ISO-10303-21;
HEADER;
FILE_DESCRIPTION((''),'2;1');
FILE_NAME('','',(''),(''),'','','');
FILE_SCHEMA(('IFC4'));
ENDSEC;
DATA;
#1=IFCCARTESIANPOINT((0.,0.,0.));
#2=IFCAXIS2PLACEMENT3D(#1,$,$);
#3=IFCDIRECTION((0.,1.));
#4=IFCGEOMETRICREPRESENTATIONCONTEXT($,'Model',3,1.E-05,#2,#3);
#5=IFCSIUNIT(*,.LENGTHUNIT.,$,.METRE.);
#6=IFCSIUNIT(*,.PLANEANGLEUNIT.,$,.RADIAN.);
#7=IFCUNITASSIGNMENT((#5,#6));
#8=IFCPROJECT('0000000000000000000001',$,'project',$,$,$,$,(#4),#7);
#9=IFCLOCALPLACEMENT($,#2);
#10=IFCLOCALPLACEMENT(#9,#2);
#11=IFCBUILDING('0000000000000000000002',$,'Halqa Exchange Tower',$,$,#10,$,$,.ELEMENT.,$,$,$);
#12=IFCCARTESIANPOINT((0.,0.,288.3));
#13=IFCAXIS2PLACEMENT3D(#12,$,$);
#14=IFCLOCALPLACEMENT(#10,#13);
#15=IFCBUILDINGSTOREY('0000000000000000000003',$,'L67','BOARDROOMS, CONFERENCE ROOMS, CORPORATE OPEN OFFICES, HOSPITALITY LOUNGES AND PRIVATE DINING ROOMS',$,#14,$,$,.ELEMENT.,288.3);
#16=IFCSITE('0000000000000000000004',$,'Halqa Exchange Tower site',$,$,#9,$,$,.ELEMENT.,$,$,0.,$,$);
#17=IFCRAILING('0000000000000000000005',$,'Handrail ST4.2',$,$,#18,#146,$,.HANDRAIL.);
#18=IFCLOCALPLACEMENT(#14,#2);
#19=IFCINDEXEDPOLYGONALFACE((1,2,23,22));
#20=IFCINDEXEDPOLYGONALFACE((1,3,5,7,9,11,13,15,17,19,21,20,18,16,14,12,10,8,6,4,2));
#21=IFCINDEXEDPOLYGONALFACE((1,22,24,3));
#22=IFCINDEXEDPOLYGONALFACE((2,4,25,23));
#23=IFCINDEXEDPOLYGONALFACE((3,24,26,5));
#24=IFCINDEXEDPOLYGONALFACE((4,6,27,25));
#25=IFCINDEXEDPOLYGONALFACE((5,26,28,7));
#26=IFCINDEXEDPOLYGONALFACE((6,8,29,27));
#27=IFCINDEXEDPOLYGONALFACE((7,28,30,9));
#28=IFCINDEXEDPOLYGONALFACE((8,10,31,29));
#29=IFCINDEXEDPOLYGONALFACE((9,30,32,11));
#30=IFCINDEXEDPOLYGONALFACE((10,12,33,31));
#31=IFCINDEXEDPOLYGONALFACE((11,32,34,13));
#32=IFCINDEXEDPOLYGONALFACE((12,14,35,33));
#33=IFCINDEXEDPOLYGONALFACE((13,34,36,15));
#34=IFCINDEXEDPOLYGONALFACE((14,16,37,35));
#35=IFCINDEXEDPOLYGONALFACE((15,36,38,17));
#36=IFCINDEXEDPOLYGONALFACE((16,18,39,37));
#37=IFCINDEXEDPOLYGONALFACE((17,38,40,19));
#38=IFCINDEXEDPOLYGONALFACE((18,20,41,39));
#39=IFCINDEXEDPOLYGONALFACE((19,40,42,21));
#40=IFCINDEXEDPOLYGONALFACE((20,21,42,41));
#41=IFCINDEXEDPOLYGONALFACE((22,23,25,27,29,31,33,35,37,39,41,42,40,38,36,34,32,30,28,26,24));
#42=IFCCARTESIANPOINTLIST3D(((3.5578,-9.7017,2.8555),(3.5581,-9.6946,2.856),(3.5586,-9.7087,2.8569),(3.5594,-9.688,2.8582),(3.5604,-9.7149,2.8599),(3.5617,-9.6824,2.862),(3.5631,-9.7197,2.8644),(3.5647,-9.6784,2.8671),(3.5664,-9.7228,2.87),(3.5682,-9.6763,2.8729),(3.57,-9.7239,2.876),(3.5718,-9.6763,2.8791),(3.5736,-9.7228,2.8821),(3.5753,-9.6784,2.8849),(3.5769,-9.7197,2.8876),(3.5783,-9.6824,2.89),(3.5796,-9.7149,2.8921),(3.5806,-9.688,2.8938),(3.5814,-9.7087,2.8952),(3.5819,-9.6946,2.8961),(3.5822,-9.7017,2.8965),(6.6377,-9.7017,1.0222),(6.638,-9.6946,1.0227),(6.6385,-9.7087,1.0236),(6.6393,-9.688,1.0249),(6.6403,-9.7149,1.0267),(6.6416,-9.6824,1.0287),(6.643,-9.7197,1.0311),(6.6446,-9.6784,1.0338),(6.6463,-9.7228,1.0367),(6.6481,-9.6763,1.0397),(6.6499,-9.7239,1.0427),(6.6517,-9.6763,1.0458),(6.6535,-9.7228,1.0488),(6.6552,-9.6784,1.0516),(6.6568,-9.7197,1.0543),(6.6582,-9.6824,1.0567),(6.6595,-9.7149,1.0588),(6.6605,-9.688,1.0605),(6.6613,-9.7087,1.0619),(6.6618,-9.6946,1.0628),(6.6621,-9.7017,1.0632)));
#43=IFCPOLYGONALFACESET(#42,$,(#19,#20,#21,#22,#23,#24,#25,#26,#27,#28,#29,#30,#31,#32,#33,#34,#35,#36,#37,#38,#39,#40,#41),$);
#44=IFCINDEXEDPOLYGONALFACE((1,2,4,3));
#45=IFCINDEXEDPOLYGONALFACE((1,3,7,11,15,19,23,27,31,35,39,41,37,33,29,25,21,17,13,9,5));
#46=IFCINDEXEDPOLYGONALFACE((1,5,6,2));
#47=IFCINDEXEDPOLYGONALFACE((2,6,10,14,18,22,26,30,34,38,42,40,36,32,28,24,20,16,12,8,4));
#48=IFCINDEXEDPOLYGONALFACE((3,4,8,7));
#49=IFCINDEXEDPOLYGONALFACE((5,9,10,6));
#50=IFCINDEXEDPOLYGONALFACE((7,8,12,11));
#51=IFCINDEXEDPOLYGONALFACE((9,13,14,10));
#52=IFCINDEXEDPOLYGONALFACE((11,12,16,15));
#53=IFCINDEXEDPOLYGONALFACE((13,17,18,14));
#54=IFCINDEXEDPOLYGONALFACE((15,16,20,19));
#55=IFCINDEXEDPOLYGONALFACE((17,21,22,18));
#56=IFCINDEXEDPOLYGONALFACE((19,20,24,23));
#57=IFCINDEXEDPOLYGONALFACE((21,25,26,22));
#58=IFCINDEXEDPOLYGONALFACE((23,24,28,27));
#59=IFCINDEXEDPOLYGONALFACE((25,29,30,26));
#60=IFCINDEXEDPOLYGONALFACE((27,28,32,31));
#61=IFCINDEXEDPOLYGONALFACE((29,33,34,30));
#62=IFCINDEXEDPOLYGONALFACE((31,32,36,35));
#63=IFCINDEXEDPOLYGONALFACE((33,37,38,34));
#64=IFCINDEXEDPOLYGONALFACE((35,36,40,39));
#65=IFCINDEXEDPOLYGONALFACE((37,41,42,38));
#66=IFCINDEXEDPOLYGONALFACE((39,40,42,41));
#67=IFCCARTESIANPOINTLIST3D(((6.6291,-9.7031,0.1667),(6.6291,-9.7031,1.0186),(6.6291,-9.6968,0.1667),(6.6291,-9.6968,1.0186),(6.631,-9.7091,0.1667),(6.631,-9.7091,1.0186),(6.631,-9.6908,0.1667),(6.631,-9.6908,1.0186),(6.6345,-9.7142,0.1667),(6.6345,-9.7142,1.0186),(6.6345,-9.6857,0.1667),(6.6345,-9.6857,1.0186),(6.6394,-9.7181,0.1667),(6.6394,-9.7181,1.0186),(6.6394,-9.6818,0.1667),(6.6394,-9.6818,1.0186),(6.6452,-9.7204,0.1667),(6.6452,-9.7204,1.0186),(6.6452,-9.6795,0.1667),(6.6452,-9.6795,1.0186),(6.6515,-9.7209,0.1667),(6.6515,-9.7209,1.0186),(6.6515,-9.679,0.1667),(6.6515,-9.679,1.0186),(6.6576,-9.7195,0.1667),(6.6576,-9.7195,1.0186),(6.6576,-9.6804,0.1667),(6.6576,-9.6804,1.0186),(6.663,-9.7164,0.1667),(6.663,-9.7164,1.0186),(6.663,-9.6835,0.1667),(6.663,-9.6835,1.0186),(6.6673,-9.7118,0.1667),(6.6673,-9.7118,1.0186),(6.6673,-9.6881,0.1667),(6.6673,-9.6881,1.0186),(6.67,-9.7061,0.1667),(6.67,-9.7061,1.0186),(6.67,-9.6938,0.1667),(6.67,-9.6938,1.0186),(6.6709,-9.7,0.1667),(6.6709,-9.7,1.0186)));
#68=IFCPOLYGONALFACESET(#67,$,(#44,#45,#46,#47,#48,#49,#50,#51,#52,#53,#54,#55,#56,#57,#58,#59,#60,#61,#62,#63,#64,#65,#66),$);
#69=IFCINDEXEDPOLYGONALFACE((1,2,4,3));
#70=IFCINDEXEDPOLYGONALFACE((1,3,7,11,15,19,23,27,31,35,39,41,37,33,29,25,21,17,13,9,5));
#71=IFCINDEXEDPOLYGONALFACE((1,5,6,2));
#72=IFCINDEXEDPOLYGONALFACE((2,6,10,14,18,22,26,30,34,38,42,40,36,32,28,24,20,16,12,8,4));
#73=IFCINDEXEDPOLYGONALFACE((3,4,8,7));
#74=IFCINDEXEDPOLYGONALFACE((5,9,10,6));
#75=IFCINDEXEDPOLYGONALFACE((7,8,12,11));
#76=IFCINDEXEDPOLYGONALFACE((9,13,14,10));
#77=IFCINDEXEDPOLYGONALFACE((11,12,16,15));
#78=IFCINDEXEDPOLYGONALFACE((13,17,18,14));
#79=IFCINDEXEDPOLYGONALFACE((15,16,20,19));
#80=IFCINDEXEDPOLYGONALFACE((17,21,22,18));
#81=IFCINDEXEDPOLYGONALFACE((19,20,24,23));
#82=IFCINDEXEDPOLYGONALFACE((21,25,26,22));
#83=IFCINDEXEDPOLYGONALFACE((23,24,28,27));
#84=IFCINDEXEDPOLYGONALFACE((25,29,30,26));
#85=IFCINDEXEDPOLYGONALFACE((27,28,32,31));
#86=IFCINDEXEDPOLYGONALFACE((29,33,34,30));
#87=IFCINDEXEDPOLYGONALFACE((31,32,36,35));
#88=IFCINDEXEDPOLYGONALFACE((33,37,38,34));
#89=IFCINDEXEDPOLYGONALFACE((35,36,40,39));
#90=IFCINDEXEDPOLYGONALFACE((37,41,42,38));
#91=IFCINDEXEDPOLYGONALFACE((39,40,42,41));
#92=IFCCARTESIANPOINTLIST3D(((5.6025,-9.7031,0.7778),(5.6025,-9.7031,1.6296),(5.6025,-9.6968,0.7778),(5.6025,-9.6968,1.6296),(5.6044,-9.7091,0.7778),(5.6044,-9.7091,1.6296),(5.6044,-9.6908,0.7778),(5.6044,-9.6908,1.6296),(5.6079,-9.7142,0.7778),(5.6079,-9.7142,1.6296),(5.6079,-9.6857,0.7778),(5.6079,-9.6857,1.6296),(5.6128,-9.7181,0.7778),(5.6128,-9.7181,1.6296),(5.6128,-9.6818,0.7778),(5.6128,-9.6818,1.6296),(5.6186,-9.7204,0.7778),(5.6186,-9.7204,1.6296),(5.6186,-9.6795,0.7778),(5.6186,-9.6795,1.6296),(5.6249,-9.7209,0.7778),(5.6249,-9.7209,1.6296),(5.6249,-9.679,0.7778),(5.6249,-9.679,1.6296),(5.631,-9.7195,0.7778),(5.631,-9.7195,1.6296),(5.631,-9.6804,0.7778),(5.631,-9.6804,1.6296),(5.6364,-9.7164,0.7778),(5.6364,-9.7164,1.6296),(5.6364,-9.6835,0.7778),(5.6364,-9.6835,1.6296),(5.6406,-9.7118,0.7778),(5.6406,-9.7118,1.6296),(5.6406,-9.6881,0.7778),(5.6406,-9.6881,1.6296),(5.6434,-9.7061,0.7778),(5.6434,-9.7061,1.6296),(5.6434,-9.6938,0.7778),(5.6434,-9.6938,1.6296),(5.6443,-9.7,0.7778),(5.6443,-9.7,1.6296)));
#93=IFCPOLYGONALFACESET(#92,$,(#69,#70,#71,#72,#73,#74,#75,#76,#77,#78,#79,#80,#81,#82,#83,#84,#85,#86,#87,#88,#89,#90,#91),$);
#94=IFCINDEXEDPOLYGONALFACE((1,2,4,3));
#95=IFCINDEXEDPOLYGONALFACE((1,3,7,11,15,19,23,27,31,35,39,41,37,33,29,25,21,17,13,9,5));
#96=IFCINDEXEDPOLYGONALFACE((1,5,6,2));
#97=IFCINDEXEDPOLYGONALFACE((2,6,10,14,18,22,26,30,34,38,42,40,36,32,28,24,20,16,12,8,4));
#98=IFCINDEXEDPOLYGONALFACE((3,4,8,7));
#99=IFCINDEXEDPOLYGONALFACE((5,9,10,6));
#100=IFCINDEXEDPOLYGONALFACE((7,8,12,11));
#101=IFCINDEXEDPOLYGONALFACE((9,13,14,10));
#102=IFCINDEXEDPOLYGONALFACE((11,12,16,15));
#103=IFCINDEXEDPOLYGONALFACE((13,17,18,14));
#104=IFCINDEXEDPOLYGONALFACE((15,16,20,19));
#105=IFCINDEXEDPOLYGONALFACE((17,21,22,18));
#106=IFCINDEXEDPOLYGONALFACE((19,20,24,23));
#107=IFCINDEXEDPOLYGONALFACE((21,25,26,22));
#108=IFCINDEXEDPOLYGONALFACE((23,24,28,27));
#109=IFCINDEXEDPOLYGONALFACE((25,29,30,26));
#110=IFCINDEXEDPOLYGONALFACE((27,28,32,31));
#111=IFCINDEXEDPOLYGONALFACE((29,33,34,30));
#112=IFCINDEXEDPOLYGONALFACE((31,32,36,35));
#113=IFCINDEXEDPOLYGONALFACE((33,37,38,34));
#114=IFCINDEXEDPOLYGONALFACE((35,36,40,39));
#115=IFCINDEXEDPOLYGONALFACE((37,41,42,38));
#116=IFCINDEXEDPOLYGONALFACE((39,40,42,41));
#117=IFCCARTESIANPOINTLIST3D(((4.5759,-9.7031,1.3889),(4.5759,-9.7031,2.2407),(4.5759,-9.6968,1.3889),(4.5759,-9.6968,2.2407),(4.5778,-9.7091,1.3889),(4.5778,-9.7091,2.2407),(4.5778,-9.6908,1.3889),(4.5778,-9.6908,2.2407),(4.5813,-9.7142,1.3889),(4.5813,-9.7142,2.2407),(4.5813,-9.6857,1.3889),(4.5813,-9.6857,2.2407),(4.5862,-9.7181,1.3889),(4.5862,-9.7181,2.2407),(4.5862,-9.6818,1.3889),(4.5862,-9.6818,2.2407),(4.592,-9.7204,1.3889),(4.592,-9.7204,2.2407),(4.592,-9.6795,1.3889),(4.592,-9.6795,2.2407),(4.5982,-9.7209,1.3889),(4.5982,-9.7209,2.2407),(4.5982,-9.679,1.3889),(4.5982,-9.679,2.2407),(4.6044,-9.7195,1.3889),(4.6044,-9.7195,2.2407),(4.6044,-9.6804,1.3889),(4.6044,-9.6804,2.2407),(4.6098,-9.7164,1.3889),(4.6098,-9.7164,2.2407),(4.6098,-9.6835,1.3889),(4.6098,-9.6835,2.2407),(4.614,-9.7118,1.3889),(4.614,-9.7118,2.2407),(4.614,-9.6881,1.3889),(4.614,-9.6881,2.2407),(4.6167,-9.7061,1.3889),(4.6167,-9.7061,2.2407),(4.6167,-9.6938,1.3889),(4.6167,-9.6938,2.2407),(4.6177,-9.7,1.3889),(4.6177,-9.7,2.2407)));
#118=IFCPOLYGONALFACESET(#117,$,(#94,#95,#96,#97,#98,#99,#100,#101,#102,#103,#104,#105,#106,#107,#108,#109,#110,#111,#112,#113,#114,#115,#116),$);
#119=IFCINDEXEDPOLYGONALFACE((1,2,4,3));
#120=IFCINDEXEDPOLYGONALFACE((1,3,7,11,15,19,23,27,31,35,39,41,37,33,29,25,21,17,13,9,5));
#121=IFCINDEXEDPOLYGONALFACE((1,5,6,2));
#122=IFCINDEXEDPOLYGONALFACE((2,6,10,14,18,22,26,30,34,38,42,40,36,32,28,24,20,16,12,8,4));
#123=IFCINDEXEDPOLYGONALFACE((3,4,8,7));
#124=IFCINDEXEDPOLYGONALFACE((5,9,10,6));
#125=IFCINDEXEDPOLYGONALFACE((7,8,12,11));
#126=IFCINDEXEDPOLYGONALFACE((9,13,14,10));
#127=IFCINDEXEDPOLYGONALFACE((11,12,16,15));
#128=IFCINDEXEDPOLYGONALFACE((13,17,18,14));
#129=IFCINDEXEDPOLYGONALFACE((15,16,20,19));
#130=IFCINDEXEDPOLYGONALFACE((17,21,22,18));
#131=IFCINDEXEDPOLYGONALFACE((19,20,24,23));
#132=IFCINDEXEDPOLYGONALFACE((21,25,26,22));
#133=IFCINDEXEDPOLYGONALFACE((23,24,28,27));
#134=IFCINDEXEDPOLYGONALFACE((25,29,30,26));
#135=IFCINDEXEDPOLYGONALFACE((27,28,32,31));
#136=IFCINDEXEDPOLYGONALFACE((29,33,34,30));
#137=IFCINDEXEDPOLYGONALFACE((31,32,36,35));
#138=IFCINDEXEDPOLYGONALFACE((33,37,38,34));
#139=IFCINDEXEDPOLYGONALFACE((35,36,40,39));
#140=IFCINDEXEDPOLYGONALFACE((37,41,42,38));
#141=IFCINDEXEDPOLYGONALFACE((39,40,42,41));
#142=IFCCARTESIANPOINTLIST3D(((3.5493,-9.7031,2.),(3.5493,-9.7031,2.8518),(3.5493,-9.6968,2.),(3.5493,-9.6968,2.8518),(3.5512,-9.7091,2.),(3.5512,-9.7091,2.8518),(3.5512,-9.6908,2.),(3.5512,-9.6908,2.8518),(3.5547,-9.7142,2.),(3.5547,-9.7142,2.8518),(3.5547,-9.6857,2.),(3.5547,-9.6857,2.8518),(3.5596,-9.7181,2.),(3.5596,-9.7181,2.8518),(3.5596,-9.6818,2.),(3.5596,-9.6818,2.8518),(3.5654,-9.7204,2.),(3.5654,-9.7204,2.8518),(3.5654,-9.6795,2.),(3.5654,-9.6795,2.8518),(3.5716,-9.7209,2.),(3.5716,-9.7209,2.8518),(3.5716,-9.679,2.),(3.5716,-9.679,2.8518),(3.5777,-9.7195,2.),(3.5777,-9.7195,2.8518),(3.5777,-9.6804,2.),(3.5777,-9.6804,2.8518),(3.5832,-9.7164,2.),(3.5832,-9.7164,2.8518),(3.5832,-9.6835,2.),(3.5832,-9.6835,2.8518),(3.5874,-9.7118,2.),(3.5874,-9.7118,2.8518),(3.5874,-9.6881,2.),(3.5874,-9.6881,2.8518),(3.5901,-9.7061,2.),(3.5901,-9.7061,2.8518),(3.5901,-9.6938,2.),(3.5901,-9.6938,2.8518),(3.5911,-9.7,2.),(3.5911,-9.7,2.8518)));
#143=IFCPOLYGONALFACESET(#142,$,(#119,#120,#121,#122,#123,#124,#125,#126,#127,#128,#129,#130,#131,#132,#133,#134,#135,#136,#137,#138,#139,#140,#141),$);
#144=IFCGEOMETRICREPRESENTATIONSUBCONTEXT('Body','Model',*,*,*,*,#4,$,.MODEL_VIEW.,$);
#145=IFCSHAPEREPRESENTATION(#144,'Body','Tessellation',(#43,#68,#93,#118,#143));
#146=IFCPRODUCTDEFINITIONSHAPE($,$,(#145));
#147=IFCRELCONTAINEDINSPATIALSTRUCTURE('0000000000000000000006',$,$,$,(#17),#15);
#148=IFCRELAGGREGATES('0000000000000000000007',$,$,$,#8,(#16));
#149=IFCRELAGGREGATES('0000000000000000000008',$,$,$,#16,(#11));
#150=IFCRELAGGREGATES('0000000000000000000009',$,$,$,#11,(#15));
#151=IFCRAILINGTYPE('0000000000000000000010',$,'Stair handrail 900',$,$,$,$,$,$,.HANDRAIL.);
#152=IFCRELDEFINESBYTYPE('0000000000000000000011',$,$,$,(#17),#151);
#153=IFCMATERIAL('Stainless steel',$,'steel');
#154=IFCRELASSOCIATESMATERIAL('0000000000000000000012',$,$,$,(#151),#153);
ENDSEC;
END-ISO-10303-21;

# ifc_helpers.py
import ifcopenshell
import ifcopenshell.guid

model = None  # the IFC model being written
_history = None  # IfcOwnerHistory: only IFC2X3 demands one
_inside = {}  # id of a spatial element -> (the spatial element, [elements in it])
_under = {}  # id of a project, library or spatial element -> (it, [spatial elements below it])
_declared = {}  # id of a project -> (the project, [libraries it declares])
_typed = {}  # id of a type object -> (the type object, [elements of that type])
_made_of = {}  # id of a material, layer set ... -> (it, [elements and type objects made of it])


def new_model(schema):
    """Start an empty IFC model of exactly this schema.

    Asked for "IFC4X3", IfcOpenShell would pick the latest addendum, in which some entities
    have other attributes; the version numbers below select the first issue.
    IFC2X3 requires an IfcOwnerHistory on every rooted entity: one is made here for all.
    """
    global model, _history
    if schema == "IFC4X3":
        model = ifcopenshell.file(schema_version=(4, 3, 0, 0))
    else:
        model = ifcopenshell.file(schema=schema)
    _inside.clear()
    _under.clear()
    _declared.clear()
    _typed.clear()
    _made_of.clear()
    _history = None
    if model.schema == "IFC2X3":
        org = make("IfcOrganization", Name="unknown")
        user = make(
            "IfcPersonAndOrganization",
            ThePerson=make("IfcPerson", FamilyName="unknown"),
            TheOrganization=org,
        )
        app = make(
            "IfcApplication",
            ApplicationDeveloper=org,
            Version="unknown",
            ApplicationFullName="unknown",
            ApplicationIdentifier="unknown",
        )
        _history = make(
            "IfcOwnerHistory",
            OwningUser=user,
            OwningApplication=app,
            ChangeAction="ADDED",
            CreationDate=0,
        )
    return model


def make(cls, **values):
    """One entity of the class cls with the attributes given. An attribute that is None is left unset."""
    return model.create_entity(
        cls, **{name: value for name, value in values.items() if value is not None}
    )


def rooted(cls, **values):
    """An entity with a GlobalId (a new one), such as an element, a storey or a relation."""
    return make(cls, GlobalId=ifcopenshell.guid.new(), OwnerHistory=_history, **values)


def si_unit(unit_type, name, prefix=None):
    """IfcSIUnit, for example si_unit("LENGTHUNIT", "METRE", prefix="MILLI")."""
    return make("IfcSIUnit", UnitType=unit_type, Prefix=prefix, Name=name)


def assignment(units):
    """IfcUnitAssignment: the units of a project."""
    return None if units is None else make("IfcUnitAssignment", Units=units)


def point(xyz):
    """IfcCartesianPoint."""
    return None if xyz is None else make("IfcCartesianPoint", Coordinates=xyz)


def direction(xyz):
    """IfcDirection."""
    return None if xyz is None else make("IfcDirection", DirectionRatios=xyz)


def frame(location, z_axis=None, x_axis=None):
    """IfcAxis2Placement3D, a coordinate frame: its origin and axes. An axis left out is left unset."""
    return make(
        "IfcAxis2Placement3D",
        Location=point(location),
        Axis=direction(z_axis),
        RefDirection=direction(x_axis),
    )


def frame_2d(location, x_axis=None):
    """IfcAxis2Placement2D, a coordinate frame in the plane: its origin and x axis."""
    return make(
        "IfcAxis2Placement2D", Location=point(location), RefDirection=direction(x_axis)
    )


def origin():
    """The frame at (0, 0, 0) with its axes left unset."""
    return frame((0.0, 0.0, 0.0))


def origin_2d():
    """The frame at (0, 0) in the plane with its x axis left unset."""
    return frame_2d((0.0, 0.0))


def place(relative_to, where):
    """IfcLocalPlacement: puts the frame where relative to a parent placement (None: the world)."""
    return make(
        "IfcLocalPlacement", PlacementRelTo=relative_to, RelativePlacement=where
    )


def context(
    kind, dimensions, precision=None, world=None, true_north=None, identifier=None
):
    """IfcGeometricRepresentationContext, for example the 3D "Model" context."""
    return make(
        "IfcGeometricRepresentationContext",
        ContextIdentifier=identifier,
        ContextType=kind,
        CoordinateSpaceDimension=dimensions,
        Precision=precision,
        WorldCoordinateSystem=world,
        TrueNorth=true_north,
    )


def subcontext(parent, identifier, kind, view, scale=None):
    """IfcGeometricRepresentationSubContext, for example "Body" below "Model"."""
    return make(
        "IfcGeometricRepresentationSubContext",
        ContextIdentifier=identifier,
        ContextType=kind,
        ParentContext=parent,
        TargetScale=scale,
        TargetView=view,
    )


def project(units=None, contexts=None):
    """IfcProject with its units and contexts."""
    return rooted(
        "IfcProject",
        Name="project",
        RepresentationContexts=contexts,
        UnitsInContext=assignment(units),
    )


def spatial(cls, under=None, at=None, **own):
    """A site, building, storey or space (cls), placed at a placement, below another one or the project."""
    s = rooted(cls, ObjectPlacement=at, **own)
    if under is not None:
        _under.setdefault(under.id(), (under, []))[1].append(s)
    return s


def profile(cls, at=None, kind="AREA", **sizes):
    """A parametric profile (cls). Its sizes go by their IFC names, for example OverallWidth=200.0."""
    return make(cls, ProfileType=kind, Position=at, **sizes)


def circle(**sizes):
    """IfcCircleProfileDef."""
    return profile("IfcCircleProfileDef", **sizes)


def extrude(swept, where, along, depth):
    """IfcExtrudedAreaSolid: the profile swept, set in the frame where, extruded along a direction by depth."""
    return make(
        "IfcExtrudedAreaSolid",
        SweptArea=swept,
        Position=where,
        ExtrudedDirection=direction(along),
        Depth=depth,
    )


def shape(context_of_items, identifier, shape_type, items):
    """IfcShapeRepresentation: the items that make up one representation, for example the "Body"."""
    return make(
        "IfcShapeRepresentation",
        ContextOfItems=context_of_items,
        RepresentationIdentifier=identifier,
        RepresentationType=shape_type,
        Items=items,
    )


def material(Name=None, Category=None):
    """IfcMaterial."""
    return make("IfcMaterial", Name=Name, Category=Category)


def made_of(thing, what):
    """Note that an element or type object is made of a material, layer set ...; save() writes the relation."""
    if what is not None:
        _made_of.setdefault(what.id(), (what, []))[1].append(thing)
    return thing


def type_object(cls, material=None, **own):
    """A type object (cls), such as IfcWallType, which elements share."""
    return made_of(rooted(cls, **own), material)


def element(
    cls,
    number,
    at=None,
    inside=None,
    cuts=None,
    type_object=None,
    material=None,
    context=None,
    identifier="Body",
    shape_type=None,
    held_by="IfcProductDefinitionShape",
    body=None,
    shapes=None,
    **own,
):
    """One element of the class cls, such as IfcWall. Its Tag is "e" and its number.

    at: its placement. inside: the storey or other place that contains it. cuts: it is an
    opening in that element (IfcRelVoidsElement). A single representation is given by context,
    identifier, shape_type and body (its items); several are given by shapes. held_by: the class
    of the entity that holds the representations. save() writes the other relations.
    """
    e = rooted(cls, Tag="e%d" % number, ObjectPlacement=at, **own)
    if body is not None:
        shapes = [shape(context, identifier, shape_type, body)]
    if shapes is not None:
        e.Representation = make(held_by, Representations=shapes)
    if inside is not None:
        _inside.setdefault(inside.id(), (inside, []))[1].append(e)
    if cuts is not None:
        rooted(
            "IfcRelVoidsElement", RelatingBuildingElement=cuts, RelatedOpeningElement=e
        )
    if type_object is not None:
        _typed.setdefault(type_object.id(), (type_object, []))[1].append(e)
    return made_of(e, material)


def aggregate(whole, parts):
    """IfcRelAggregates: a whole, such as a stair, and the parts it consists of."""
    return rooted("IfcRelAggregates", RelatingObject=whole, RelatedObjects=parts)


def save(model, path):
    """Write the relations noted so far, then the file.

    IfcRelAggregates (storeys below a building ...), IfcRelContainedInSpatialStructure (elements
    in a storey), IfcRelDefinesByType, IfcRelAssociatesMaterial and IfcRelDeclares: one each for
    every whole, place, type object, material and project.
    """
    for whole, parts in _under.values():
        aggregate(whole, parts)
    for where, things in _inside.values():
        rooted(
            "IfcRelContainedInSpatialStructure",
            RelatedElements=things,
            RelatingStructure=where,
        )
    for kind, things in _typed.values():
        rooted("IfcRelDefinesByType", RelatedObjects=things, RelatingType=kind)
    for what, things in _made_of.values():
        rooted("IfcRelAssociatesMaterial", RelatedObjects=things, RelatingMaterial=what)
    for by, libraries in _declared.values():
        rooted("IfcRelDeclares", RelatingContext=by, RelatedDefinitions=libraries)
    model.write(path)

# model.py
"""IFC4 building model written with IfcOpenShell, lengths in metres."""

from ifc_helpers import new_model, si_unit, direction, frame, origin, origin_2d, place, context, subcontext, project, spatial, circle, extrude, material, type_object, element, save


model = new_model("IFC4")

# Units and contexts
model_context = context("Model", 3, precision=1e-05, world=origin(), true_north=direction((0.0, 1.0)))
body_context = subcontext(model_context, "Body", "Model", "MODEL_VIEW")
ifc_project = project(units=[si_unit("LENGTHUNIT", "METRE"), si_unit("PLANEANGLEUNIT", "RADIAN")], contexts=[model_context])

# Site, building, storey
site_placement = place(None, origin())
site = spatial("IfcSite", under=ifc_project, at=site_placement, Name="Halqa Exchange Tower site", CompositionType="ELEMENT", RefElevation=0.0)
building_placement = place(site_placement, origin())
building = spatial("IfcBuilding", under=site, at=building_placement, Name="Halqa Exchange Tower", CompositionType="ELEMENT")
storey_placement = place(building_placement, frame((0.0, 0.0, 288.3)))
storey = spatial("IfcBuildingStorey", under=building, at=storey_placement, Name="L67", Description="BOARDROOMS, CONFERENCE ROOMS, CORPORATE OPEN OFFICES, HOSPITALITY LOUNGES AND PRIVATE DINING ROOMS", CompositionType="ELEMENT", Elevation=288.3)

# Railing
ifc_material_1 = material(Name="Stainless steel", Category="steel")
railing_type_1 = type_object("IfcRailingType", Name="Stair handrail 900", PredefinedType="HANDRAIL", material=ifc_material_1)
railing_1_placement = place(storey_placement, frame((6.6499, -9.7, 0.1667)))
element("IfcRailing", 1, at=railing_1_placement, inside=storey, type_object=railing_type_1, Name="Handrail ST4.2", PredefinedType="HANDRAIL", context=body_context, shape_type="SweptSolid", body=[
    extrude(circle(Radius=0.0239, at=origin_2d()), frame((0.0, 0.0, 0.876), z_axis=(-0.859291, 0.0, 0.511487), x_axis=(0.0, -1.0, 0.0)), (0.0, 0.0, 1.0), 3.5842),
    extrude(circle(Radius=0.021, at=origin_2d()), origin(), (0.0, 0.0, 1.0), 0.8518),
    extrude(circle(Radius=0.021, at=origin_2d()), frame((-1.0266, 0.0, 0.6111)), (0.0, 0.0, 1.0), 0.8518),
    extrude(circle(Radius=0.021, at=origin_2d()), frame((-2.0532, 0.0, 1.2222)), (0.0, 0.0, 1.0), 0.8518),
    extrude(circle(Radius=0.021, at=origin_2d()), frame((-3.0798, 0.0, 1.8333)), (0.0, 0.0, 1.0), 0.8518),
])

save(model, "model.ifc")
